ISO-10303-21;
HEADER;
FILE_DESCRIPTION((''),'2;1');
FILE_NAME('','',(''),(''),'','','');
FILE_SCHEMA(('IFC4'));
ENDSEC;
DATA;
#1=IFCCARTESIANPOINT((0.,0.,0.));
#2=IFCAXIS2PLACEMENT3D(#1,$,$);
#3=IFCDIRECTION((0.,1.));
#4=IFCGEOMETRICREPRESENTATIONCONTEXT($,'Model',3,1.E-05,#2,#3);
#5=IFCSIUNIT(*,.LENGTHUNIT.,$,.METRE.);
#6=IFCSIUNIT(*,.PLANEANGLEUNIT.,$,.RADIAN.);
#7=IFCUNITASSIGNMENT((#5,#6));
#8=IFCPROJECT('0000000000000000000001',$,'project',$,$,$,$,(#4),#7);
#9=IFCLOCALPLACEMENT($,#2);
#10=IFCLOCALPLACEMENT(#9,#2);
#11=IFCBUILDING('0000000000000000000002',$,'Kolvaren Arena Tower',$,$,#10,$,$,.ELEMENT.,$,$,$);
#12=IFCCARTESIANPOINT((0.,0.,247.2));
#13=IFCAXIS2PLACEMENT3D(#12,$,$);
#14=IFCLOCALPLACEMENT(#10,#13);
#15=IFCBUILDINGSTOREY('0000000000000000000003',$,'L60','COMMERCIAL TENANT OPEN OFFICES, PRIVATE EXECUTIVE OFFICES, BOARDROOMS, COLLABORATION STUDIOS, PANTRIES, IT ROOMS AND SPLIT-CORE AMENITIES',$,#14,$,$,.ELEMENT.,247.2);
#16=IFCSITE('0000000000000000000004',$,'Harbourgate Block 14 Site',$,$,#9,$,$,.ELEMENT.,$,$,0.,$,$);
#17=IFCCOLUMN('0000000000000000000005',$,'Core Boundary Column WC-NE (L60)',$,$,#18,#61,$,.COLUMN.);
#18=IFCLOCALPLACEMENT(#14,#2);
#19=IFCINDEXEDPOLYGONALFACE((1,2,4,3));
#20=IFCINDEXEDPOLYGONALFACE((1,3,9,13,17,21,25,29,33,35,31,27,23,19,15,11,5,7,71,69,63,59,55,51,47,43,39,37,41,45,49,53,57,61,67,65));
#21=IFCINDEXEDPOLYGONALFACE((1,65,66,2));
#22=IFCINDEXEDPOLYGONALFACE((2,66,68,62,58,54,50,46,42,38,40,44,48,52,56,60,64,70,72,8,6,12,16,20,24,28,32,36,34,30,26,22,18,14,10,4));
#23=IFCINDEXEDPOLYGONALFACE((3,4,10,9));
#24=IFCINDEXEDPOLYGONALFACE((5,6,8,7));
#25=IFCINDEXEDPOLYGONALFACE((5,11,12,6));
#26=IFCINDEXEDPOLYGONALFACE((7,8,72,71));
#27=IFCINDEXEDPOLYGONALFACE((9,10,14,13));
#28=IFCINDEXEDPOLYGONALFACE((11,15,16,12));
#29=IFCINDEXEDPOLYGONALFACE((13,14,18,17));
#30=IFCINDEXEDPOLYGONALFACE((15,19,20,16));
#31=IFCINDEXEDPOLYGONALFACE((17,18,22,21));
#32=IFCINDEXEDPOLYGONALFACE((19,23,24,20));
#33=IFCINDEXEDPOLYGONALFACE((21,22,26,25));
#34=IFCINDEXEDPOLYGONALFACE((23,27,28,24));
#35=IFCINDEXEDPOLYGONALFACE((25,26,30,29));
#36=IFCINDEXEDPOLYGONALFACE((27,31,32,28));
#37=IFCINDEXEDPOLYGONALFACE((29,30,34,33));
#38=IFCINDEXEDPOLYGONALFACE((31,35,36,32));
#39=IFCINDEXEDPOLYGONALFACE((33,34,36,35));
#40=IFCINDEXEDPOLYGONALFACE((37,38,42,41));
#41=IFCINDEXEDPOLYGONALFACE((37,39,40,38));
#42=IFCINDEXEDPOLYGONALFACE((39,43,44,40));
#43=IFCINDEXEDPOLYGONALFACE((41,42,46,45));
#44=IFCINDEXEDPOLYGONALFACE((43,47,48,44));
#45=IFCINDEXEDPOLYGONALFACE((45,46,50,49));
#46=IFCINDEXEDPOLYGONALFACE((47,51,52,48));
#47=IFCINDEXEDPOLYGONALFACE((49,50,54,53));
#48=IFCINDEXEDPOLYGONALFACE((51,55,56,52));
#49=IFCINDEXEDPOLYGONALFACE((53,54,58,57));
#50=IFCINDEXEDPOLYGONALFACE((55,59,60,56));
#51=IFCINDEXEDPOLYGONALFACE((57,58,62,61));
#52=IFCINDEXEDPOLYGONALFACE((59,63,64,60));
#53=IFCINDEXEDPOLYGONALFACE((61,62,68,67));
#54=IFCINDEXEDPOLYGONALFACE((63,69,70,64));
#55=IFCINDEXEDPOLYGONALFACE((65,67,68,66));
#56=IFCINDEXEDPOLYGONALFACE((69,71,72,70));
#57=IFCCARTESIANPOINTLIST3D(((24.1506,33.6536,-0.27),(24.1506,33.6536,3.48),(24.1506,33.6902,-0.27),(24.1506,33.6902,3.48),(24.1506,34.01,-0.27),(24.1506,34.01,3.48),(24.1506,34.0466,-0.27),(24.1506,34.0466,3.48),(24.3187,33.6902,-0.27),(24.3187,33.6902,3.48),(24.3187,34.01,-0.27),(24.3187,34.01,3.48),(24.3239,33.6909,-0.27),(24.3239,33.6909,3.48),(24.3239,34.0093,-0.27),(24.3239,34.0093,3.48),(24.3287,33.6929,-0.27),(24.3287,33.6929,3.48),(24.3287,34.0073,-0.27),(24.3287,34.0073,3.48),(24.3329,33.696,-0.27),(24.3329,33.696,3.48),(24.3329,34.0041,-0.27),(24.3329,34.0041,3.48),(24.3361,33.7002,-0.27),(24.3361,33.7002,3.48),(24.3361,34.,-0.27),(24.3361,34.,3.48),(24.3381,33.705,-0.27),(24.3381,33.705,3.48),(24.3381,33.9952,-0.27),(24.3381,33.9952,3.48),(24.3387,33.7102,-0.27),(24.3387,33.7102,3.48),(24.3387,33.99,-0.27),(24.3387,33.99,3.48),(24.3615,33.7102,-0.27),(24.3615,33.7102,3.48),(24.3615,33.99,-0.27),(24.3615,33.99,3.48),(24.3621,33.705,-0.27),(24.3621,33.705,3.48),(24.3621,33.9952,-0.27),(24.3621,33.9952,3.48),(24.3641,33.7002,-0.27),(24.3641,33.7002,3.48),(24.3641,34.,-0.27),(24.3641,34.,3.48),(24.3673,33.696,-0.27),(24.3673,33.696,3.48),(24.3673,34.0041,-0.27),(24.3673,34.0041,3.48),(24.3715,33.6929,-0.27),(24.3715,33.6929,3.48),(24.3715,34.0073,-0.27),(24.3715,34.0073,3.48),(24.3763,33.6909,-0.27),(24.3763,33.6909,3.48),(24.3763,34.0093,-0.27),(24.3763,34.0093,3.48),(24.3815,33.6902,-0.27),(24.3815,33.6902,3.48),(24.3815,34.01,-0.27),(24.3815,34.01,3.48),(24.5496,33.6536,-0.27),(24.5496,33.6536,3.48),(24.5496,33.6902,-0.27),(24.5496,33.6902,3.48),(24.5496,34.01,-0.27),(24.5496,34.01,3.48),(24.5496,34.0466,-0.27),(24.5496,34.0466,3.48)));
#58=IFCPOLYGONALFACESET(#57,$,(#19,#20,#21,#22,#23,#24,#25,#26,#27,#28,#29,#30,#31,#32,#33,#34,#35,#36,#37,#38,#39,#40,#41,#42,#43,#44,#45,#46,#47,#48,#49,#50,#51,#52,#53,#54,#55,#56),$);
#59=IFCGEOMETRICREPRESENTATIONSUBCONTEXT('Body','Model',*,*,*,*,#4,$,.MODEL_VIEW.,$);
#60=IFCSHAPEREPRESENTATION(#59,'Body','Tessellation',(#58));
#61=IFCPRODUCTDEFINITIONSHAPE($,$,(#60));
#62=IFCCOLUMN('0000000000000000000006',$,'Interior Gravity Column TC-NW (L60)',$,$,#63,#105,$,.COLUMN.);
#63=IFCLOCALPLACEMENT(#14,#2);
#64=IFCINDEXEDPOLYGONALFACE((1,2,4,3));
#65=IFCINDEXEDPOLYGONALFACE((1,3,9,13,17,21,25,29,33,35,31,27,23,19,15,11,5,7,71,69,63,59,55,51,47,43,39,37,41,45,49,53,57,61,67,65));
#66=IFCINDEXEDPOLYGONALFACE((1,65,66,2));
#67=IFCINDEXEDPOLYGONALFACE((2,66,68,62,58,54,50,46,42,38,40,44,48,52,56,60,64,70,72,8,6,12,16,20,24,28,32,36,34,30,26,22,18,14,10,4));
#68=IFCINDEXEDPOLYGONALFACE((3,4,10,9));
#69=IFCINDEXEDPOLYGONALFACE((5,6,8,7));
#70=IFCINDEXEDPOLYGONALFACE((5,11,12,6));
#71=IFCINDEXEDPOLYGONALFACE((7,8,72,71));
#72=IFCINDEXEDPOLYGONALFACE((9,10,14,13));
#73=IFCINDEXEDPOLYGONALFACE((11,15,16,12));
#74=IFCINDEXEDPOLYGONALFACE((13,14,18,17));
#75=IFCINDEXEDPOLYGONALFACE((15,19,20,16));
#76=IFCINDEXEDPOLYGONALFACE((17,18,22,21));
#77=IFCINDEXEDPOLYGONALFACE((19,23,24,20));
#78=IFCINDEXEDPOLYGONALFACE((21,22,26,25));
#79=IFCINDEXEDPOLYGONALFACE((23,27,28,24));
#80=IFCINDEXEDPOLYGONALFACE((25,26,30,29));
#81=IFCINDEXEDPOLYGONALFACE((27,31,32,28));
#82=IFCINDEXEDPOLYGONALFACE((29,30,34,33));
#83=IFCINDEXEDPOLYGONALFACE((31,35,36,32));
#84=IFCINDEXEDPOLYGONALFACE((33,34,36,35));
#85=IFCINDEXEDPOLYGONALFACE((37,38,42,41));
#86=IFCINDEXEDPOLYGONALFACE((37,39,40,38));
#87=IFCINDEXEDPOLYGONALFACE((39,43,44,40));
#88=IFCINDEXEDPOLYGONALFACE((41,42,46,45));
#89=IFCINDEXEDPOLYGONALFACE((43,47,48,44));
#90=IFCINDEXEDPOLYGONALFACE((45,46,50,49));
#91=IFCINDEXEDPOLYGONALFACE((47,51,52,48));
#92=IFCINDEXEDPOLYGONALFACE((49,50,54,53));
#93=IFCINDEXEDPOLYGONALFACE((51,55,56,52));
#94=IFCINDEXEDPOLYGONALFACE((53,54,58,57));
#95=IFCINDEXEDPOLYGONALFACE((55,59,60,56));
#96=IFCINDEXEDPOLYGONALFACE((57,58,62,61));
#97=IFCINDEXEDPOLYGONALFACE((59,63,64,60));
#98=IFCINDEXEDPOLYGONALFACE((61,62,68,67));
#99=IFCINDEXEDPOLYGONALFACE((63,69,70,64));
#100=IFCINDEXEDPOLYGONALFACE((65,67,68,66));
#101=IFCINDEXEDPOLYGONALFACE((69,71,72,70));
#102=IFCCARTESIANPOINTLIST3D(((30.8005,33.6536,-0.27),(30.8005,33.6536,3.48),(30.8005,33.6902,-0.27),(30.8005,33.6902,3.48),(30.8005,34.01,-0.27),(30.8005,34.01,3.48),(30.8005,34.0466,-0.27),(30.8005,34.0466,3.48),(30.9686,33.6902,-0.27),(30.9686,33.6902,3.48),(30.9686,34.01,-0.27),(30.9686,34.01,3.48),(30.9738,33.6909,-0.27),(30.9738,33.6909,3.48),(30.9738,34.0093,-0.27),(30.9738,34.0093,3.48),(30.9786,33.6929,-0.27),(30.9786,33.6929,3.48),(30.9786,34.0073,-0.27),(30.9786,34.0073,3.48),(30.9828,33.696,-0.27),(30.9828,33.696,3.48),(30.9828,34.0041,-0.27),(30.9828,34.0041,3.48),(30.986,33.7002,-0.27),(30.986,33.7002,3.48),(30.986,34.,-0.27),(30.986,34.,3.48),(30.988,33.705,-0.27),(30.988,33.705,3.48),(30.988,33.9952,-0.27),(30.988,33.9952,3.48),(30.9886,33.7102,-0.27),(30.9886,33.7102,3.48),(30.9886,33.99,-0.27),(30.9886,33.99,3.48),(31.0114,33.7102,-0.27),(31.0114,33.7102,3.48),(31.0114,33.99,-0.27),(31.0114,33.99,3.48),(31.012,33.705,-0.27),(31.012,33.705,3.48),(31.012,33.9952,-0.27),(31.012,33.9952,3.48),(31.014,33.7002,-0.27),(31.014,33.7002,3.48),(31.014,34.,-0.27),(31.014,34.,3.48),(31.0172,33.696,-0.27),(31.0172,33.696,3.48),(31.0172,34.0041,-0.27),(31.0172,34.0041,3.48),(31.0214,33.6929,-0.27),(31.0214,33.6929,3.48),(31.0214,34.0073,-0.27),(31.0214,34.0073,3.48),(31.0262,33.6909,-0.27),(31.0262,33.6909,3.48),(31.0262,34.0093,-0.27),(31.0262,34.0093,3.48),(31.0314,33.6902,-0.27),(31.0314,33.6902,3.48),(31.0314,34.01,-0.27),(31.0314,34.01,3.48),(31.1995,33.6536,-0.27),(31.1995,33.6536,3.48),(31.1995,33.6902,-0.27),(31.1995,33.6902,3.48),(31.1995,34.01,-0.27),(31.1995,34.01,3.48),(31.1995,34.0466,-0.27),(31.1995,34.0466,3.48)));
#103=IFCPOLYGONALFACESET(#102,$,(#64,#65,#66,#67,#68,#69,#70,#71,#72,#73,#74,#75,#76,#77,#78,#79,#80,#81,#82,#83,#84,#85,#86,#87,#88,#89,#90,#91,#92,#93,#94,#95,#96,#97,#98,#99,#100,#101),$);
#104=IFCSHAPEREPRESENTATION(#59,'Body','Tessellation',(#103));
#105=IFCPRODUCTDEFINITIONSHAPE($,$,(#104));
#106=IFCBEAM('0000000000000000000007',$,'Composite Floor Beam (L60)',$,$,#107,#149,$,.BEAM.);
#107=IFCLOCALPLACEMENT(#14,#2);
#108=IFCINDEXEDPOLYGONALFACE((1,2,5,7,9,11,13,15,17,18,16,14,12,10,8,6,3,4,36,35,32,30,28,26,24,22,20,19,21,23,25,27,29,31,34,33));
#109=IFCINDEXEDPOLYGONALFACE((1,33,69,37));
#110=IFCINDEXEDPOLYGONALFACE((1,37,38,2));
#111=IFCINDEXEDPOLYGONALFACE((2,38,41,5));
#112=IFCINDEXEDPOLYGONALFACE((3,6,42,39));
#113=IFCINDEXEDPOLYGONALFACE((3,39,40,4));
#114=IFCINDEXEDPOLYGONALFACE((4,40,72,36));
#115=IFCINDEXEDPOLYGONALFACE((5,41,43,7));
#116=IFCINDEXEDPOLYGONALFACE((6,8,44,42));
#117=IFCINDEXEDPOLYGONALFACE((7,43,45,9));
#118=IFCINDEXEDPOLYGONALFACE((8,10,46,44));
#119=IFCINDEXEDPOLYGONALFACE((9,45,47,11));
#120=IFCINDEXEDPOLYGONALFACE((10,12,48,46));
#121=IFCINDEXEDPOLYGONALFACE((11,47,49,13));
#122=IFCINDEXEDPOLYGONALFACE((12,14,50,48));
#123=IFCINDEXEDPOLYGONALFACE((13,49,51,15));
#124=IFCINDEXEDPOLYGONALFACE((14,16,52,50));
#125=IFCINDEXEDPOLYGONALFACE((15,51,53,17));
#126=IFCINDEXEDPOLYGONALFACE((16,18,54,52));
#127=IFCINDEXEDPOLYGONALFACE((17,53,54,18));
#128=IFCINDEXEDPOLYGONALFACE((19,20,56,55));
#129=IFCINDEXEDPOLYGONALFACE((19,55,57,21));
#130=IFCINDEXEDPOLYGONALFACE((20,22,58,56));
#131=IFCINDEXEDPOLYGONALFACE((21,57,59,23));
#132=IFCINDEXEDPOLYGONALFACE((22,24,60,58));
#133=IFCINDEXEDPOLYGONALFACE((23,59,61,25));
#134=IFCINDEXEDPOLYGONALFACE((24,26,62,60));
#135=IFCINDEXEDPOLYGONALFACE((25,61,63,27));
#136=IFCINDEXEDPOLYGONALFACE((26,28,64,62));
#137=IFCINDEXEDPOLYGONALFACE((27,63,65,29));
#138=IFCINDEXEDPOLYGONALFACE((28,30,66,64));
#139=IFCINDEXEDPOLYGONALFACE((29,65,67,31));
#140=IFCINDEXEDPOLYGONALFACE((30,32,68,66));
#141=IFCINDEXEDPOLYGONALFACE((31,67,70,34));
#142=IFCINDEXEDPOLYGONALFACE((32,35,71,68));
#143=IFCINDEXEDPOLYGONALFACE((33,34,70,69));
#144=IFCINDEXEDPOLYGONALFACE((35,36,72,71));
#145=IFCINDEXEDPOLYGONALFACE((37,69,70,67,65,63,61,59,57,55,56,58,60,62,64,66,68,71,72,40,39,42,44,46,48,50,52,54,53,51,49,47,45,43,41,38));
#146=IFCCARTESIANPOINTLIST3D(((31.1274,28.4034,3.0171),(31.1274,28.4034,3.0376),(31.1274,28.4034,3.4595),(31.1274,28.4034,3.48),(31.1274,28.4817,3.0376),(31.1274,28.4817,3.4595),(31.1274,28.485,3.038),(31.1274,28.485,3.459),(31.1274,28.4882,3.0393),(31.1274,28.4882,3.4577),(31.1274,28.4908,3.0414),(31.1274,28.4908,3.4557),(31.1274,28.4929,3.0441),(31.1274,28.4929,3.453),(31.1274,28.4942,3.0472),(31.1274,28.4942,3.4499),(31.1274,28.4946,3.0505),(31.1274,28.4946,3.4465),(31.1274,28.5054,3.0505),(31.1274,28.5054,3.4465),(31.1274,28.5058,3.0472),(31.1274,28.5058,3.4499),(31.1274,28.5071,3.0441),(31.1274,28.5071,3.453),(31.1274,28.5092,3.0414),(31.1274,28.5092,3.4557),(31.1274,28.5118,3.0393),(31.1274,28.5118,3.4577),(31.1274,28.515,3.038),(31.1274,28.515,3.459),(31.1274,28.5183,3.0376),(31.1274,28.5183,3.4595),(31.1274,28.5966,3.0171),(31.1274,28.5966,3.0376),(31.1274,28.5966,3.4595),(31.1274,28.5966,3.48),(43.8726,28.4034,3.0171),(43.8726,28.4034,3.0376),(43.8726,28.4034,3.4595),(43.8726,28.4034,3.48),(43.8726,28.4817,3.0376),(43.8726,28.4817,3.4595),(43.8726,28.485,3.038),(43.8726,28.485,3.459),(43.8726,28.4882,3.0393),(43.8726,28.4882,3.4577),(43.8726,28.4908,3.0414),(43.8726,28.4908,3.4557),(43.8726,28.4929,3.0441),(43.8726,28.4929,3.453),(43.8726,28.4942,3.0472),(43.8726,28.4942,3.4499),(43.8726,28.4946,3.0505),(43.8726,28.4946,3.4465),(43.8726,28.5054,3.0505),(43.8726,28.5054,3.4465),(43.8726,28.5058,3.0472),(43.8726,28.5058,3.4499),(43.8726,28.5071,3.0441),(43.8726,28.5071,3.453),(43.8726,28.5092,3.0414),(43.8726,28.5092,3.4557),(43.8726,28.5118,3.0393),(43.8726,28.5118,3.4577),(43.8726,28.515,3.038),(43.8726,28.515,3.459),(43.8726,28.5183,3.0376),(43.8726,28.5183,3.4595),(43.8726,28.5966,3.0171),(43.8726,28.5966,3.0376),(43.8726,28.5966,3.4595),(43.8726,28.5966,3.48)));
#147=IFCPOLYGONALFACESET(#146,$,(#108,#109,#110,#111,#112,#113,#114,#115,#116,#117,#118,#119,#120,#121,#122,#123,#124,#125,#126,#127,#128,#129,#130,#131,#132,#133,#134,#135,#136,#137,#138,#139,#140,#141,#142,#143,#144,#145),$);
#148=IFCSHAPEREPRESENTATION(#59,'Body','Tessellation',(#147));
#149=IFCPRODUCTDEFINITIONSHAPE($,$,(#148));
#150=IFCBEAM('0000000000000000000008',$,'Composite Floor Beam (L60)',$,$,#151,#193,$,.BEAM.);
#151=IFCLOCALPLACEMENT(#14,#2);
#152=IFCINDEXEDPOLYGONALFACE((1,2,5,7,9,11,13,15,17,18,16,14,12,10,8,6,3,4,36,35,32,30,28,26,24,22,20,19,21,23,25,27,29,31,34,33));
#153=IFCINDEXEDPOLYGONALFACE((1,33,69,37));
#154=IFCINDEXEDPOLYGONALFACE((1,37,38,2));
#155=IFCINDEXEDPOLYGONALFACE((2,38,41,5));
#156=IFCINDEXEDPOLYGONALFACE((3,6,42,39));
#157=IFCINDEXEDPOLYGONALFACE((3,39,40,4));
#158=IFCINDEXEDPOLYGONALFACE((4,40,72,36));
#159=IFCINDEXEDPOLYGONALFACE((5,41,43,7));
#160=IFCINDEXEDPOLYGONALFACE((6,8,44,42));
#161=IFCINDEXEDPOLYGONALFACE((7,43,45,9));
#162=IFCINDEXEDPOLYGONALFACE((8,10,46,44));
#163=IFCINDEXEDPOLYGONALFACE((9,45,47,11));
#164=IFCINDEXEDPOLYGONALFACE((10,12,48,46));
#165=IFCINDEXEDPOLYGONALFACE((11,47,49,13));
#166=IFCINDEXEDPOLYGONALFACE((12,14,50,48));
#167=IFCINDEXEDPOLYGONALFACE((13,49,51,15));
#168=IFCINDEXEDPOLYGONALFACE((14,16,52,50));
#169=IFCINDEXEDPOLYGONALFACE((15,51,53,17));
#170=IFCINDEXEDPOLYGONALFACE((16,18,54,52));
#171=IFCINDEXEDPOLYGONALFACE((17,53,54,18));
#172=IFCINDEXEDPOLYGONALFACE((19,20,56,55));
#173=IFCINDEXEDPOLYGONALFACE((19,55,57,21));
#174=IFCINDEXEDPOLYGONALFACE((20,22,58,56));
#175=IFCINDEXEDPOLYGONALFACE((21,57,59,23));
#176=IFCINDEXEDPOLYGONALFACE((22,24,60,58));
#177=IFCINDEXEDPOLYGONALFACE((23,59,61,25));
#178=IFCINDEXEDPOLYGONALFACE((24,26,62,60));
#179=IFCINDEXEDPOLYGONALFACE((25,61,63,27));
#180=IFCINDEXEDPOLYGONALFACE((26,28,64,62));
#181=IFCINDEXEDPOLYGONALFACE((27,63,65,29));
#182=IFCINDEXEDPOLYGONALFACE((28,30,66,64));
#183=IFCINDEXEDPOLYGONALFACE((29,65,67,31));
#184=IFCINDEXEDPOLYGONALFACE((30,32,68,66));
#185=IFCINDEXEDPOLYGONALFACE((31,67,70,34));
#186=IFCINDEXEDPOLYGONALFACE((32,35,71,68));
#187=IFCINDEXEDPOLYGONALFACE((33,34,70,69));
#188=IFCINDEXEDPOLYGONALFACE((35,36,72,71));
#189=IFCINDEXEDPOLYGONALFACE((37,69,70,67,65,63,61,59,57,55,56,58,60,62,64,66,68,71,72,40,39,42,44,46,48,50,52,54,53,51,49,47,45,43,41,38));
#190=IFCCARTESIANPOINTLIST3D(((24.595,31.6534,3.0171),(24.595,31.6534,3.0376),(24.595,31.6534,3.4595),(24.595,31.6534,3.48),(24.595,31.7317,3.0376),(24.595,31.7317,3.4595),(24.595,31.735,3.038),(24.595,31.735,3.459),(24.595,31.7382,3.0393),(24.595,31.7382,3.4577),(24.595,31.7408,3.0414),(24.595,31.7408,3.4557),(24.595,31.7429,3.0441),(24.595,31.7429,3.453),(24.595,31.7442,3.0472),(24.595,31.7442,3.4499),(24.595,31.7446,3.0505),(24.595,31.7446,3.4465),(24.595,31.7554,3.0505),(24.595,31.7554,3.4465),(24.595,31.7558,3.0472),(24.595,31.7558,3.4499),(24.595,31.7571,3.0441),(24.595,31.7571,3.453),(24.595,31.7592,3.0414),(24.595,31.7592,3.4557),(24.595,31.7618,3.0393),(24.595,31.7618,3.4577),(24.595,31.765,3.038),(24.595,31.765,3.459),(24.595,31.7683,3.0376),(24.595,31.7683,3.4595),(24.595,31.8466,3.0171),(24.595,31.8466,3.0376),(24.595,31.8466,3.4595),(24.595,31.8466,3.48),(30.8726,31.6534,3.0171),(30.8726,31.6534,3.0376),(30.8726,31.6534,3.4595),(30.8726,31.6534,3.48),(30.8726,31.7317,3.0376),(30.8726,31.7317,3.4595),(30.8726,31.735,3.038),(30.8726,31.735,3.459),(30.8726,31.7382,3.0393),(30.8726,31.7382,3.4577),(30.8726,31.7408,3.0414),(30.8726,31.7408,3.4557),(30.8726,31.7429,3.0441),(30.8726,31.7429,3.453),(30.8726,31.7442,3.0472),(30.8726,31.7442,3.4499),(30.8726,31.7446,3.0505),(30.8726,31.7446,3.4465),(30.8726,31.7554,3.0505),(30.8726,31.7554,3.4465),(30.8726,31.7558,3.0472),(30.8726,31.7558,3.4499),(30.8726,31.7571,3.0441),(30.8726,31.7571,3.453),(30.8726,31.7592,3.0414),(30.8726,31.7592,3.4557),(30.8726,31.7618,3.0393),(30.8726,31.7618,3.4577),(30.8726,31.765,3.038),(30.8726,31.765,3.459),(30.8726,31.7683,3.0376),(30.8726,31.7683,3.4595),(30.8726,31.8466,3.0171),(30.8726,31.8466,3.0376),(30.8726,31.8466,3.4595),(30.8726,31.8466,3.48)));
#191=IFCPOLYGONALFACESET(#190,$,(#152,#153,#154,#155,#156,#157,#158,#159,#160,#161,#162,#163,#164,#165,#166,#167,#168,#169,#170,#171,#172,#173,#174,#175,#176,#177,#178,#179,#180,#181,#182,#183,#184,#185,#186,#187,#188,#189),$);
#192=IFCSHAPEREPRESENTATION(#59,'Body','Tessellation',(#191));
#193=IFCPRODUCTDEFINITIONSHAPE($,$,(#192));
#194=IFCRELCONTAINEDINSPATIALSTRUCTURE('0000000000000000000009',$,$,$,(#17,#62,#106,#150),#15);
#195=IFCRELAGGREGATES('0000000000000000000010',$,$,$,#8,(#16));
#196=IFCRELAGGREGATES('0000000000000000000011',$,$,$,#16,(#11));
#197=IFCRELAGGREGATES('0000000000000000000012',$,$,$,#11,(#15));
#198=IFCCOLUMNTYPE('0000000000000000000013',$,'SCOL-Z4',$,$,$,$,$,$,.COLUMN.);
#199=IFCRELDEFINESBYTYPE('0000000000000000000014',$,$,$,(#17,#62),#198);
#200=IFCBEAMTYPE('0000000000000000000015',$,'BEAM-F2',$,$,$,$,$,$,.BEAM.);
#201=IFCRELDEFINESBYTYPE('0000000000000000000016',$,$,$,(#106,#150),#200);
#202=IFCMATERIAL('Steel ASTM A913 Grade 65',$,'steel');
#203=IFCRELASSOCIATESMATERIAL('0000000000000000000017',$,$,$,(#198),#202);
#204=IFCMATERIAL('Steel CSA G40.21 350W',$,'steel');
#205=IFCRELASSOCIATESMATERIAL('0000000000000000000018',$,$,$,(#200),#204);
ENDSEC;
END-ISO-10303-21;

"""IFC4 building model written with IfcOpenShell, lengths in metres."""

from ifc_helpers import new_model, si_unit, direction, frame, origin, origin_2d, place, context, subcontext, project, spatial, i_section, extrude, material, material_profile, profile_set, type_object, element, save


model = new_model("IFC4")

# Units and contexts
model_context = context("Model", 3, precision=1e-05, world=origin(), true_north=direction((0.0, 1.0)))
body_context = subcontext(model_context, "Body", "Model", "MODEL_VIEW")
ifc_project = project(units=[si_unit("LENGTHUNIT", "METRE"), si_unit("PLANEANGLEUNIT", "RADIAN")], contexts=[model_context])

# Site, building, storey
site_placement = place(None, origin())
site = spatial("IfcSite", under=ifc_project, at=site_placement, Name="Harbourgate Block 14 Site", CompositionType="ELEMENT", RefElevation=0.0)
building_placement = place(site_placement, origin())
building = spatial("IfcBuilding", under=site, at=building_placement, Name="Kolvaren Arena Tower", CompositionType="ELEMENT")
storey_placement = place(building_placement, frame((0.0, 0.0, 247.2)))
storey = spatial("IfcBuildingStorey", under=building, at=storey_placement, Name="L60", Description="COMMERCIAL TENANT OPEN OFFICES, PRIVATE EXECUTIVE OFFICES, BOARDROOMS, COLLABORATION STUDIOS, PANTRIES, IT ROOMS AND SPLIT-CORE AMENITIES", CompositionType="ELEMENT", Elevation=247.2)

# Columns
ifc_material_1 = material(Name="Steel ASTM A913 Grade 65", Category="steel")
ifc_material_profile_1 = material_profile(ifc_material_1, i_section(OverallWidth=0.3989, OverallDepth=0.3931, WebThickness=0.0227, FlangeThickness=0.0366, FilletRadius=0.02, at=origin_2d()), Name="W360x287")
ifc_profile_set_1 = profile_set([ifc_material_profile_1], Name="Steel ASTM A913 Grade 65")
column_type = type_object("IfcColumnType", Name="SCOL-Z4", PredefinedType="COLUMN", material=ifc_profile_set_1)
for number, where, z_axis, x_axis, name in (
    (1, (24.3501, 33.8501, -0.27), (0.0, 0.0, 1.0), (1.0, 0.0, 0.0), "Core Boundary Column WC-NE (L60)"),
    (2, (31.0, 33.8501, -0.27), (0.0, 0.0, 1.0), (1.0, 0.0, 0.0), "Interior Gravity Column TC-NW (L60)"),
):
    element("IfcColumn", number, at=place(storey_placement, frame(where, z_axis=z_axis, x_axis=x_axis)), inside=storey, type_object=column_type, Name=name, PredefinedType="COLUMN", context=body_context, shape_type="SweptSolid", body=[
        extrude(i_section(OverallWidth=0.3989, OverallDepth=0.3931, WebThickness=0.0227, FlangeThickness=0.0366, FilletRadius=0.02, at=origin_2d()), origin(), (0.0, 0.0, 1.0), 3.75),
    ])

# Beams
ifc_material_2 = material(Name="Steel CSA G40.21 350W", Category="steel")
ifc_material_profile_2 = material_profile(ifc_material_2, i_section(OverallWidth=0.1931, OverallDepth=0.4629, WebThickness=0.0107, FlangeThickness=0.0205, FilletRadius=0.0129, at=origin_2d()), Name="W460x113")
ifc_profile_set_2 = profile_set([ifc_material_profile_2], Name="Steel CSA G40.21 350W")
beam_type_1 = type_object("IfcBeamType", Name="BEAM-F2", PredefinedType="BEAM", material=ifc_profile_set_2)
beam_1_placement = place(storey_placement, frame((31.1274, 28.5, 3.2485), z_axis=(1.0, 0.0, 0.0), x_axis=(0.0, 1.0, 0.0)))
element("IfcBeam", 3, at=beam_1_placement, inside=storey, type_object=beam_type_1, Name="Composite Floor Beam (L60)", PredefinedType="BEAM", context=body_context, shape_type="SweptSolid", body=[
    extrude(i_section(OverallWidth=0.1931, OverallDepth=0.4629, WebThickness=0.0107, FlangeThickness=0.0205, FilletRadius=0.0129, at=origin_2d()), origin(), (0.0, 0.0, 1.0), 12.7451),
])
beam_2_placement = place(storey_placement, frame((24.595, 31.75, 3.2485), z_axis=(1.0, 0.0, 0.0), x_axis=(0.0, 1.0, 0.0)))
element("IfcBeam", 4, at=beam_2_placement, inside=storey, type_object=beam_type_1, Name="Composite Floor Beam (L60)", PredefinedType="BEAM", context=body_context, shape_type="SweptSolid", body=[
    extrude(i_section(OverallWidth=0.1931, OverallDepth=0.4629, WebThickness=0.0107, FlangeThickness=0.0205, FilletRadius=0.0129, at=origin_2d()), origin(), (0.0, 0.0, 1.0), 6.2776),
])

save(model, "model.ifc")
